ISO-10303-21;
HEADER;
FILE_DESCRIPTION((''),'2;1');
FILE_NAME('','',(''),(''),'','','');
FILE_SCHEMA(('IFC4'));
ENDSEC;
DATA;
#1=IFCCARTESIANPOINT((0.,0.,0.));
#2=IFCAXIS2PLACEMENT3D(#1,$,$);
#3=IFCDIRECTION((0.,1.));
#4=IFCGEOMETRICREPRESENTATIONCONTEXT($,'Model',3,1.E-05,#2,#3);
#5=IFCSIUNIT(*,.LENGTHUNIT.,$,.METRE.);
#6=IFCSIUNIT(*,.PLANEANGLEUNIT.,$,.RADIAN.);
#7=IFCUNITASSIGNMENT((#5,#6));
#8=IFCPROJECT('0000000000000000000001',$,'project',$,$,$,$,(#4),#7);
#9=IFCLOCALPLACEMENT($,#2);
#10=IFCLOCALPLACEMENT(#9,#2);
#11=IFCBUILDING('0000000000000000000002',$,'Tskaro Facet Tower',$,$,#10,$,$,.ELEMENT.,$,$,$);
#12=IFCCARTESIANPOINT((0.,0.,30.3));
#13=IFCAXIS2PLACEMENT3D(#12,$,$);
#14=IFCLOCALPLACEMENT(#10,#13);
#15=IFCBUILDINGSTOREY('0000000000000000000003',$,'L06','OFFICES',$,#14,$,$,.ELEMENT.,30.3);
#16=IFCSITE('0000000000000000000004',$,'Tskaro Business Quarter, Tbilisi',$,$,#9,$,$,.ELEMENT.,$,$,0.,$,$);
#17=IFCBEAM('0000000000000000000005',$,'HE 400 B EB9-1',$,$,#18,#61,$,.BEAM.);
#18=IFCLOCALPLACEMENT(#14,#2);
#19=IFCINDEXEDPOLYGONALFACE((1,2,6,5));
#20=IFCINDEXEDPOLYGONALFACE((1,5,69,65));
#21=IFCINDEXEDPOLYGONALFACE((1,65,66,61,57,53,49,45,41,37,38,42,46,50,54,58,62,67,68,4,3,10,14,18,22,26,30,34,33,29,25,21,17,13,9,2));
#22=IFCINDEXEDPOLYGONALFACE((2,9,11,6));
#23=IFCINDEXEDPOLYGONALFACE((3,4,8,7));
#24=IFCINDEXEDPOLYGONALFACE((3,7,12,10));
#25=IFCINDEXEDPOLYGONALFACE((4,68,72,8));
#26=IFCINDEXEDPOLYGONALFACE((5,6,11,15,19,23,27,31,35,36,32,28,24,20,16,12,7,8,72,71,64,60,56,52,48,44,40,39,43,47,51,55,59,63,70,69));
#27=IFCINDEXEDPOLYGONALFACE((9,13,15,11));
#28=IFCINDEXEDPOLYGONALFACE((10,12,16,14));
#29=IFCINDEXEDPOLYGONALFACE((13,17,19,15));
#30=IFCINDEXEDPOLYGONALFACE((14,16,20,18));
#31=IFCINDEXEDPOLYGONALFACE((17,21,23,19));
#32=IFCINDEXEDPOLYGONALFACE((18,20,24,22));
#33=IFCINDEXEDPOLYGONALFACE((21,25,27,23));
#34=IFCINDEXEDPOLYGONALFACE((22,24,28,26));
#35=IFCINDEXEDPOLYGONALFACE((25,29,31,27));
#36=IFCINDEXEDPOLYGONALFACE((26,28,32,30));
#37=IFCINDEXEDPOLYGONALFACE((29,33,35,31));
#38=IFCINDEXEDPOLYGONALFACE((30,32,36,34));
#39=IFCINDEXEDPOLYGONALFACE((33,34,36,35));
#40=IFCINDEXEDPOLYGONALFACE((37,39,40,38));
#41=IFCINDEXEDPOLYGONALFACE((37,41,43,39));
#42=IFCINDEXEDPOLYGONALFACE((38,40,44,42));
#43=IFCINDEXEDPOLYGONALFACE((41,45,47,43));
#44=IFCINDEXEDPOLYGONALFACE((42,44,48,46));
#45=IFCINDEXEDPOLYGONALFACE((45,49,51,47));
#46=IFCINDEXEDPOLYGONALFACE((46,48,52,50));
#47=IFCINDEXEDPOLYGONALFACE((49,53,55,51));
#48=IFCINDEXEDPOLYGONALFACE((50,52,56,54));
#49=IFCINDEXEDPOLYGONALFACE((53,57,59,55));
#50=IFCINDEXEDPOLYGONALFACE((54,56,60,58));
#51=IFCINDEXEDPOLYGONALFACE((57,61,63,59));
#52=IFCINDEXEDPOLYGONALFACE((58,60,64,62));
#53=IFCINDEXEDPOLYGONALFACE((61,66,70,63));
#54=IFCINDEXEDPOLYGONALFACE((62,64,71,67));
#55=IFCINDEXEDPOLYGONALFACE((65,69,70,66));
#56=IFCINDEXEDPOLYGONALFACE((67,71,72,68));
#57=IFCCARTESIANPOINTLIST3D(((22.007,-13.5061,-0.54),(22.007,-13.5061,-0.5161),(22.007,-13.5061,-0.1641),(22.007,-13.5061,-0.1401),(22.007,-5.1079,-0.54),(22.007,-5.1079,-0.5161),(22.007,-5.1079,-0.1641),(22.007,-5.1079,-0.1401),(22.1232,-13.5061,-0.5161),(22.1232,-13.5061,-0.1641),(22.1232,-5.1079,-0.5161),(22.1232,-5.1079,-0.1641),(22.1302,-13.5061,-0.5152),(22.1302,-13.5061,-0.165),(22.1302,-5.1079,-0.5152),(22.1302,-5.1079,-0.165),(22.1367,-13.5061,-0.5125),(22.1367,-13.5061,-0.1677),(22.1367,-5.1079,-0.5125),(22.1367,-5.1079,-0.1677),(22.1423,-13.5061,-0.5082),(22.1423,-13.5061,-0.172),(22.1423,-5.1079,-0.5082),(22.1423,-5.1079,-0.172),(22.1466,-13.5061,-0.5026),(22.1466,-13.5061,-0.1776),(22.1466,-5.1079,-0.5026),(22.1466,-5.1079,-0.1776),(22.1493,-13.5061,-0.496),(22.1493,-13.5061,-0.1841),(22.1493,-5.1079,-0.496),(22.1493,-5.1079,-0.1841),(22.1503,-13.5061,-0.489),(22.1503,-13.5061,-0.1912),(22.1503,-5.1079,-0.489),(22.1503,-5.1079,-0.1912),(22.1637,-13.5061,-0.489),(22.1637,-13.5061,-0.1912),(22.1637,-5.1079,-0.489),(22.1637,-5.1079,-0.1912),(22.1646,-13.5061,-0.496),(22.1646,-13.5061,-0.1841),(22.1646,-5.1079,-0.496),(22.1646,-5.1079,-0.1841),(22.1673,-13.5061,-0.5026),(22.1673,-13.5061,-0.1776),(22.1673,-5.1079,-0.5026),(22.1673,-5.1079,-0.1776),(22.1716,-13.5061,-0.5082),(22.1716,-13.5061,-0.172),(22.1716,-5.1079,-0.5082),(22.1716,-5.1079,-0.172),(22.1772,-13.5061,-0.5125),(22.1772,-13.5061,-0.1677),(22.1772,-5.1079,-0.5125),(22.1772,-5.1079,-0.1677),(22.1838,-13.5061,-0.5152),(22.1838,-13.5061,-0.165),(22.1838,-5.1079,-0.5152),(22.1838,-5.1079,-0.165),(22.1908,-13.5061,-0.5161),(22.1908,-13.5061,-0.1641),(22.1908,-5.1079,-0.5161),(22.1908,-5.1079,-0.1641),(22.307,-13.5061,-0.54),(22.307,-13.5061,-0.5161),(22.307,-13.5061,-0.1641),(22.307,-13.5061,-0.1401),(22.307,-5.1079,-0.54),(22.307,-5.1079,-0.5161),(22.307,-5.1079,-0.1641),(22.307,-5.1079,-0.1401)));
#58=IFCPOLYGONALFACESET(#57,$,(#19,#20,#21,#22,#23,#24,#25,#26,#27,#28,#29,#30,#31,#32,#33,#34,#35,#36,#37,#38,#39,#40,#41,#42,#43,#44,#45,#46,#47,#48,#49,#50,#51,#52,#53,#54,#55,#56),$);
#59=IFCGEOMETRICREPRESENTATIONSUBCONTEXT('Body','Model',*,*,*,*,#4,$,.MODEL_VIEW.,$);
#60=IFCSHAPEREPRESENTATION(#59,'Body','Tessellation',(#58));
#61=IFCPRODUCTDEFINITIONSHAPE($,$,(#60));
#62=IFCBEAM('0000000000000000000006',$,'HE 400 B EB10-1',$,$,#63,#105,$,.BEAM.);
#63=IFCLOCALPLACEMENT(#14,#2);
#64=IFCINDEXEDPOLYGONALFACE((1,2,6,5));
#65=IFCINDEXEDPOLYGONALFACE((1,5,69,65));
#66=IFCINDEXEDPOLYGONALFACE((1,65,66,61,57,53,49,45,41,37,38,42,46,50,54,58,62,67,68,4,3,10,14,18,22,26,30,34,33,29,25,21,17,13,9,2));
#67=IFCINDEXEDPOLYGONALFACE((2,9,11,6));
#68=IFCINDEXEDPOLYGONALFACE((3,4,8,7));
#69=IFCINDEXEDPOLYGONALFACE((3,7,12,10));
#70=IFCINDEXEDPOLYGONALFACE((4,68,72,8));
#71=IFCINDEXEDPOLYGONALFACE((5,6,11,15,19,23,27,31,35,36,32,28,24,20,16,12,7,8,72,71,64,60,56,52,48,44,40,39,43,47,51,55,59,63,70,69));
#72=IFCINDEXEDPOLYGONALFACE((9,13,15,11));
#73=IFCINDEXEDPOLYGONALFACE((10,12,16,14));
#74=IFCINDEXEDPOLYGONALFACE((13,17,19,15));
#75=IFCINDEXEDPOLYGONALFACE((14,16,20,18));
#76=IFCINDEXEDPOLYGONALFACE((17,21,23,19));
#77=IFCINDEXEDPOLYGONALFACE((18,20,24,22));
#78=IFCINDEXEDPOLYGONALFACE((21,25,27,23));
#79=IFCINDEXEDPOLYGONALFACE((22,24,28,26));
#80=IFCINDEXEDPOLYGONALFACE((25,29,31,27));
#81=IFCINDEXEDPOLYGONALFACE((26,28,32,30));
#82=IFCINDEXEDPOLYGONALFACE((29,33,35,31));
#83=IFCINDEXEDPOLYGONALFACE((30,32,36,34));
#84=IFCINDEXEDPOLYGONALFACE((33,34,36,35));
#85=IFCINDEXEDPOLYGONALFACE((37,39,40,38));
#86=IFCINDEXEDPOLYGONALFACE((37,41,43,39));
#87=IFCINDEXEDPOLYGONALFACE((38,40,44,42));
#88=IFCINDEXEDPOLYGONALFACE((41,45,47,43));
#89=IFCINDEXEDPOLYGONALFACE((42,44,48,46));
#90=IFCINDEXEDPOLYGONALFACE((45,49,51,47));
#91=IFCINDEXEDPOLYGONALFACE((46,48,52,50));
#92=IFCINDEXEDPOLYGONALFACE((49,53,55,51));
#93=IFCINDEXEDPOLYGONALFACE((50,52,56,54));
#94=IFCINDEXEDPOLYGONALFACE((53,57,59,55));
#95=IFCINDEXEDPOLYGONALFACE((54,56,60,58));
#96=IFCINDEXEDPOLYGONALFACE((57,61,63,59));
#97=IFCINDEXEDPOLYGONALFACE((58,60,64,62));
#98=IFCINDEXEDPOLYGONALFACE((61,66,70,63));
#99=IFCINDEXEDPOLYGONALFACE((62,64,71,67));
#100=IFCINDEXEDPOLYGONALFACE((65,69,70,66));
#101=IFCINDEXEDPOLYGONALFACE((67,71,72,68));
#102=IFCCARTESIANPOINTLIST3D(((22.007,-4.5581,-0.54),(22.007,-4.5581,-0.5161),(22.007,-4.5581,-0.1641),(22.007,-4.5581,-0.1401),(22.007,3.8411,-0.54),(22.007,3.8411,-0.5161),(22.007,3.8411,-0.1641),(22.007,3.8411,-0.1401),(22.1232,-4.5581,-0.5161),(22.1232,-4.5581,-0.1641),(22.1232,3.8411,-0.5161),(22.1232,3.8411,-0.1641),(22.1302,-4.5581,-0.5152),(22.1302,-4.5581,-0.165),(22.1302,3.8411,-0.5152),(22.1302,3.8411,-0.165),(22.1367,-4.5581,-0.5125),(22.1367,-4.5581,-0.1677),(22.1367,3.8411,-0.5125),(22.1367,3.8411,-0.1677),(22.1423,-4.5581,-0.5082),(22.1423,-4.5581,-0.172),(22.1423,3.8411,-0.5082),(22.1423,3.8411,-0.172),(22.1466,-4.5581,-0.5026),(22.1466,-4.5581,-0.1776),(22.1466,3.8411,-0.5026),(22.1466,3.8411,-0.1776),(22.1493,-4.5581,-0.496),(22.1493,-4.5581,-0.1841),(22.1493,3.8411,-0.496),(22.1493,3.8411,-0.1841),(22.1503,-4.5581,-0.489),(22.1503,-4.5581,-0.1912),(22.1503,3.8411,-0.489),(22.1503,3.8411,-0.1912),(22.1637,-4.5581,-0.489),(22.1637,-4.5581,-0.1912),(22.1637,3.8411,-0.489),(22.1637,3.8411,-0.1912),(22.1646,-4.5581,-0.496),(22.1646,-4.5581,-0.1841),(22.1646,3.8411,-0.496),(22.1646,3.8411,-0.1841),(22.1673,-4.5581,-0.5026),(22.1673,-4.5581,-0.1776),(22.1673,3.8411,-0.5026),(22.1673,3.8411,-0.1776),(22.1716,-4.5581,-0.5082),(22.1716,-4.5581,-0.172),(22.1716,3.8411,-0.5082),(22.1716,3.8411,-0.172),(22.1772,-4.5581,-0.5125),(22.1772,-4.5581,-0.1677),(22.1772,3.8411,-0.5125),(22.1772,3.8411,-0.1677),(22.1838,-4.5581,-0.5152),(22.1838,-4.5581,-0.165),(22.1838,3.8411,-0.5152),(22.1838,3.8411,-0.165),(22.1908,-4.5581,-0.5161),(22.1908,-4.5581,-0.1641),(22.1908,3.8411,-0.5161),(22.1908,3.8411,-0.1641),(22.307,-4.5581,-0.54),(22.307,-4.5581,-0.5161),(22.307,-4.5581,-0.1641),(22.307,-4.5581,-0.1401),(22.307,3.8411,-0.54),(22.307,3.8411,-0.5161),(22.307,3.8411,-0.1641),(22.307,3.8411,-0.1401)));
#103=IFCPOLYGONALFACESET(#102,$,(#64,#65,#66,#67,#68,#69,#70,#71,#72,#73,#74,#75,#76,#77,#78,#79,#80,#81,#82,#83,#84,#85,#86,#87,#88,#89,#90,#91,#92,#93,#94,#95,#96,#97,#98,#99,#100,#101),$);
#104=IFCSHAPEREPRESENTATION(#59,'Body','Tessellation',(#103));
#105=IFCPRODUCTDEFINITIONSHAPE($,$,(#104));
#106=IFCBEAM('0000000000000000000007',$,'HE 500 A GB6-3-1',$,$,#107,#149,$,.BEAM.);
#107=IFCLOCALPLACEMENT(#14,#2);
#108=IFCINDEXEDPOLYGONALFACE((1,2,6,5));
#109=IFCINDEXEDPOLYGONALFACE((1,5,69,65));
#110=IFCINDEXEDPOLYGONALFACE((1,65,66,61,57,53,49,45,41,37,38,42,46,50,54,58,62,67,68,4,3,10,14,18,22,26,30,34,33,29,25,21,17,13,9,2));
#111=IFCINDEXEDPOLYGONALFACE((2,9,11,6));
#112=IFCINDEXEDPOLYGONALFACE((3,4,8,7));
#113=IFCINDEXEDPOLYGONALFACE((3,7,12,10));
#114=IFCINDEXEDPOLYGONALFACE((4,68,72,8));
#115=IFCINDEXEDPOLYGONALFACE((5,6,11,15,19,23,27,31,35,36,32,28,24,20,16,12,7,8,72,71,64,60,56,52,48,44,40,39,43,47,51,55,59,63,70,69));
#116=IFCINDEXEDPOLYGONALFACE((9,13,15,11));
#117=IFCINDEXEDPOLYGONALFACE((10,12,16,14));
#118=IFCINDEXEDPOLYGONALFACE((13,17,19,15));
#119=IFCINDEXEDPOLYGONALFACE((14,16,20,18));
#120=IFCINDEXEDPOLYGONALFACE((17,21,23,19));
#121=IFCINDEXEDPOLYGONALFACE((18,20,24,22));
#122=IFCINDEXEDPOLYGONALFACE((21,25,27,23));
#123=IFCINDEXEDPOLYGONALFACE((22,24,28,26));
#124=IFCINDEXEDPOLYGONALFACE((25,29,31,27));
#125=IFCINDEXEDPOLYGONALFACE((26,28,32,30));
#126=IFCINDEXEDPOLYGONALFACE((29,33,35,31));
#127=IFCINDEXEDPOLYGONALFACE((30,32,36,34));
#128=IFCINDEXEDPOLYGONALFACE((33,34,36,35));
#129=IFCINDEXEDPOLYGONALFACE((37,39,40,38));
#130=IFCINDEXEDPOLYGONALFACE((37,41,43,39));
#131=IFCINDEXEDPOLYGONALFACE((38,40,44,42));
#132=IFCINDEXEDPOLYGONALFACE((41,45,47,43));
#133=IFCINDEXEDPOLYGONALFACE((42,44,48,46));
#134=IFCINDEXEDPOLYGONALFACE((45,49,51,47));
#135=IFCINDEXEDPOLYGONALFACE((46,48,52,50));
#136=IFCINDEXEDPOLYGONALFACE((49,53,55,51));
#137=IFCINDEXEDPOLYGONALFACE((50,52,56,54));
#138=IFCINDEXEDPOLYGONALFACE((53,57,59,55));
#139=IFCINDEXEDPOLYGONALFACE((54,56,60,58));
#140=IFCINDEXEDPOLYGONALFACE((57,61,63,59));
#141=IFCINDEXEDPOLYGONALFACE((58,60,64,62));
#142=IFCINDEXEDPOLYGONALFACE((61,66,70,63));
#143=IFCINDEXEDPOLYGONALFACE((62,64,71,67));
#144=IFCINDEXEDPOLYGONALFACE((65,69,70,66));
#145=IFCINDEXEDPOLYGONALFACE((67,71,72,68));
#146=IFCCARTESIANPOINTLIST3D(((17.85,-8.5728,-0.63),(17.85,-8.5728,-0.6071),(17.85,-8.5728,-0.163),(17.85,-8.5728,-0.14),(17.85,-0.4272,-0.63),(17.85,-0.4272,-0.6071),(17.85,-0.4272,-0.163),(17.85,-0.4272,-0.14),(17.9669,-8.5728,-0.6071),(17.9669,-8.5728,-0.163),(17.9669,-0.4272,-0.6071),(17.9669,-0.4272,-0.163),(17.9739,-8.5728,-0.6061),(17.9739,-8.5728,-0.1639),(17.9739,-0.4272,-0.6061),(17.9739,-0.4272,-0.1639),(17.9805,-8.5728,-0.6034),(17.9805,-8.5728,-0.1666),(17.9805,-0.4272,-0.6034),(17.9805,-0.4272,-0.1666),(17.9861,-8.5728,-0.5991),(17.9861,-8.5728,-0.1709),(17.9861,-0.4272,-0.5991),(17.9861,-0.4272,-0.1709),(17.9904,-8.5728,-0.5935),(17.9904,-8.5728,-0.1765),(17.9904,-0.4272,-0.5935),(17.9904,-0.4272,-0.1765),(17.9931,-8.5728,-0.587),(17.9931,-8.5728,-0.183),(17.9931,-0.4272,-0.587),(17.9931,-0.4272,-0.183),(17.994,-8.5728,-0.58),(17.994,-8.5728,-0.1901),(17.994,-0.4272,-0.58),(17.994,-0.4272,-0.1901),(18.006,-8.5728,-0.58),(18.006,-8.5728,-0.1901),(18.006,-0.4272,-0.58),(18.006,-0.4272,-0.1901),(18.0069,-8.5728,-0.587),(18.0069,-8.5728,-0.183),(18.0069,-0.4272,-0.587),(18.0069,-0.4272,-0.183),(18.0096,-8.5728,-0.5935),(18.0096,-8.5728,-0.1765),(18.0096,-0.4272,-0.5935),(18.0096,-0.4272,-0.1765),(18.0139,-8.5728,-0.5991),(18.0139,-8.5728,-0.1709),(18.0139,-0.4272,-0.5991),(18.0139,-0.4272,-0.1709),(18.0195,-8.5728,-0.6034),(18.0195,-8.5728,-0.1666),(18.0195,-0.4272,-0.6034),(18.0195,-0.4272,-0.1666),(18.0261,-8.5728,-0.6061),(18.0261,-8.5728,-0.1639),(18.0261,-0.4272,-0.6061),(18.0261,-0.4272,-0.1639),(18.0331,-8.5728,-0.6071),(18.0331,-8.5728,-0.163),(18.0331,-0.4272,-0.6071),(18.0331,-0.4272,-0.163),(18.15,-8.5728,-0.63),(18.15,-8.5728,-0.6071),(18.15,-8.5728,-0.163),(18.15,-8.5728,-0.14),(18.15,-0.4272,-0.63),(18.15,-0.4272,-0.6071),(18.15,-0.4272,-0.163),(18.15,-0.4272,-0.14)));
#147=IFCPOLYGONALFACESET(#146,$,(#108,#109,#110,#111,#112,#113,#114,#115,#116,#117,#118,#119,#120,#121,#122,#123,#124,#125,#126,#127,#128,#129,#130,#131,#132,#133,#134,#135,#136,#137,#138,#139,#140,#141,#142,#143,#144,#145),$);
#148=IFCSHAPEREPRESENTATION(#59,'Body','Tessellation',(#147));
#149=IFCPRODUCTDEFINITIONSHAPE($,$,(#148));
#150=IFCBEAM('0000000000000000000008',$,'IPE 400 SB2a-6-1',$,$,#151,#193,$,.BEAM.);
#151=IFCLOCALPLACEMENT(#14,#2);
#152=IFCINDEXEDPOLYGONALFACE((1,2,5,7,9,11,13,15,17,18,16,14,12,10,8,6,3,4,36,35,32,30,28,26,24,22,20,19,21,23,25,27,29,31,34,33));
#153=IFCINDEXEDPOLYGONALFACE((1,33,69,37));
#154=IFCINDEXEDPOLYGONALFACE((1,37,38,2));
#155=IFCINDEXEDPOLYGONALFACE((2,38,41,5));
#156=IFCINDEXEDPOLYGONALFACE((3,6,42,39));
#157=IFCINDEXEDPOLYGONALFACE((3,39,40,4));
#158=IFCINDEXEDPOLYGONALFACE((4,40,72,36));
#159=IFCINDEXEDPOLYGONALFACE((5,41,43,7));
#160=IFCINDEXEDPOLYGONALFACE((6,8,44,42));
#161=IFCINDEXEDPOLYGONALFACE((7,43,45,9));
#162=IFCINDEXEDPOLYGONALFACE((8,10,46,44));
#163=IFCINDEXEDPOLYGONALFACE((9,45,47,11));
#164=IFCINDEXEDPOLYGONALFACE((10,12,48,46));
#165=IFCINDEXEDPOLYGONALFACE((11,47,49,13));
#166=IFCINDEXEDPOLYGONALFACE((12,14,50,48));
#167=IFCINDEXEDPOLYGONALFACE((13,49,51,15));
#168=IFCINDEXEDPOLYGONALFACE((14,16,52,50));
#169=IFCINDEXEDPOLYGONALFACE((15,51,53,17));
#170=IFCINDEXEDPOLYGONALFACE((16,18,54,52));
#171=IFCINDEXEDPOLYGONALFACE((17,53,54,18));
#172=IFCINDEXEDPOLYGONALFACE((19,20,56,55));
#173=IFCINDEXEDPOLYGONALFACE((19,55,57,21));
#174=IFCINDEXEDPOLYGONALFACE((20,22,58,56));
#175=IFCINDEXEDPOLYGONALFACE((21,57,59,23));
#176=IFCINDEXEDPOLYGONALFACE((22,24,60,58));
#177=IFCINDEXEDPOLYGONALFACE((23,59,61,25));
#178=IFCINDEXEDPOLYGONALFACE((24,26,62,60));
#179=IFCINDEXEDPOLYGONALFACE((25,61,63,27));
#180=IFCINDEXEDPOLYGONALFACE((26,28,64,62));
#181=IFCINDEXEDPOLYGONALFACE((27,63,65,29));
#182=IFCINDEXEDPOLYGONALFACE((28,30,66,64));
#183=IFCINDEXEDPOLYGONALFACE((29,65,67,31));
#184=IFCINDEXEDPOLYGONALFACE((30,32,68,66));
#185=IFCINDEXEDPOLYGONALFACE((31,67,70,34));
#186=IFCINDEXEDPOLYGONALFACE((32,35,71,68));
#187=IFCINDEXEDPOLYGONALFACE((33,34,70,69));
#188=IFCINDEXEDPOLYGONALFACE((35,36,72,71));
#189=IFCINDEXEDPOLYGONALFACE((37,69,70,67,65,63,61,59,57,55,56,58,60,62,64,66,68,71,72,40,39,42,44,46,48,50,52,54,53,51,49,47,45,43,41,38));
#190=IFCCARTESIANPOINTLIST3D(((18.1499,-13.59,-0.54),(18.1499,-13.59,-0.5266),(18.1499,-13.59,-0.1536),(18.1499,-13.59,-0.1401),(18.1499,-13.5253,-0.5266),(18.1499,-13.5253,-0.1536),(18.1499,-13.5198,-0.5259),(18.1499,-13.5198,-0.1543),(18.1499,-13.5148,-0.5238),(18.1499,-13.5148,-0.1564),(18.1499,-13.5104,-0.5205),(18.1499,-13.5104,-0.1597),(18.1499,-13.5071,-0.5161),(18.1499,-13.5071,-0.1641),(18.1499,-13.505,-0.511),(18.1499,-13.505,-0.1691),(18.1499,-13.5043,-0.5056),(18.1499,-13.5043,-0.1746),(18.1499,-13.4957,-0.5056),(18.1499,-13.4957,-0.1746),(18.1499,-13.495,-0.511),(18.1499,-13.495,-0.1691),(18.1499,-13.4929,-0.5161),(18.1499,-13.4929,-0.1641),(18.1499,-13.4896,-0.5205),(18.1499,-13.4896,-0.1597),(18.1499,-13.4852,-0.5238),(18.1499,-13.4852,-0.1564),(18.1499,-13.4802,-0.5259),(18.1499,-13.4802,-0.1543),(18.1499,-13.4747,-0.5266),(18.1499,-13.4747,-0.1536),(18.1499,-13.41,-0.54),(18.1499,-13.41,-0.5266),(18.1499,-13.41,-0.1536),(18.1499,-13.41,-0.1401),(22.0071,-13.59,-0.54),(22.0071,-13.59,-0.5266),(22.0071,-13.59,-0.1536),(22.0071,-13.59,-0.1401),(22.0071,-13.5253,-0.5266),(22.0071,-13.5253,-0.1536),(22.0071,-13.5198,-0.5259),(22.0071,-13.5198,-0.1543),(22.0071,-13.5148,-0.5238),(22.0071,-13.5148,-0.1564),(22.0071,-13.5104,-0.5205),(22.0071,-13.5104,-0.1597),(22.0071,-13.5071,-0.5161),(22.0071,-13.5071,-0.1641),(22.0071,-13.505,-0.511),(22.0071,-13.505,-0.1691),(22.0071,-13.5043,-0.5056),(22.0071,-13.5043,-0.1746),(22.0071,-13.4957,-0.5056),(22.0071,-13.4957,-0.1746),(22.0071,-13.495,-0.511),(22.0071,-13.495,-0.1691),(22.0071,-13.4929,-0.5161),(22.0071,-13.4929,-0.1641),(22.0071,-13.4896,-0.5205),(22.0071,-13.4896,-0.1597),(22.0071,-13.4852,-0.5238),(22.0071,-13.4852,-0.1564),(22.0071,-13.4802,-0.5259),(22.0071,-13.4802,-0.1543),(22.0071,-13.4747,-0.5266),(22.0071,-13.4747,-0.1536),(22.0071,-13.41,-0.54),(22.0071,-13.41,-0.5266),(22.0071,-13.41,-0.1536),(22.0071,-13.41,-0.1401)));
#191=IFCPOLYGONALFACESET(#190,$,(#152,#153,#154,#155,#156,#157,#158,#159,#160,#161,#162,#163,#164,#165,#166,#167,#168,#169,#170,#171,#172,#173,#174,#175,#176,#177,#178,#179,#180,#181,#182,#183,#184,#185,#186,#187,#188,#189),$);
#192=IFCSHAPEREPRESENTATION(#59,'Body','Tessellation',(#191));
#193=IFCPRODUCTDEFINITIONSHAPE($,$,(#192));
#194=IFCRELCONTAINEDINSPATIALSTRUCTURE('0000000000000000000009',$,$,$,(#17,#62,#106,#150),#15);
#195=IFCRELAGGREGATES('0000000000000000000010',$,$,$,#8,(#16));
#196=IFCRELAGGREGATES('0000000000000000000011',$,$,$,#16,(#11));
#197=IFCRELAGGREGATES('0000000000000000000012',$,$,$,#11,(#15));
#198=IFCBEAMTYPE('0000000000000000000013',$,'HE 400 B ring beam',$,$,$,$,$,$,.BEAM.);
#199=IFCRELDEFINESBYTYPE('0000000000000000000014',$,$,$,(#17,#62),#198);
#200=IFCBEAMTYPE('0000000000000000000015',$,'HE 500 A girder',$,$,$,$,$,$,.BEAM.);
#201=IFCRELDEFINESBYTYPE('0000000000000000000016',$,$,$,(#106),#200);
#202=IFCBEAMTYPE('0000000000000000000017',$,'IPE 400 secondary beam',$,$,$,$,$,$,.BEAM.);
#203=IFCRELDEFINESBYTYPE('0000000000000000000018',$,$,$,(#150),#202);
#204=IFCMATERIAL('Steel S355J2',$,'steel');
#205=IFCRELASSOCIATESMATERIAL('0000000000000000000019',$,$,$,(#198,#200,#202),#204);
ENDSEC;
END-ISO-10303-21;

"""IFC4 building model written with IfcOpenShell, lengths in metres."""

from ifc_helpers import new_model, si_unit, direction, frame, origin, origin_2d, place, context, subcontext, project, spatial, i_section, extrude, material, material_profile, profile_set, type_object, element, save


model = new_model("IFC4")

# Units and contexts
model_context = context("Model", 3, precision=1e-05, world=origin(), true_north=direction((0.0, 1.0)))
body_context = subcontext(model_context, "Body", "Model", "MODEL_VIEW")
ifc_project = project(units=[si_unit("LENGTHUNIT", "METRE"), si_unit("PLANEANGLEUNIT", "RADIAN")], contexts=[model_context])

# Site, building, storey
site_placement = place(None, origin())
site = spatial("IfcSite", under=ifc_project, at=site_placement, Name="Tskaro Business Quarter, Tbilisi", CompositionType="ELEMENT", RefElevation=0.0)
building_placement = place(site_placement, origin())
building = spatial("IfcBuilding", under=site, at=building_placement, Name="Tskaro Facet Tower", CompositionType="ELEMENT")
storey_placement = place(building_placement, frame((0.0, 0.0, 30.3)))
storey = spatial("IfcBuildingStorey", under=building, at=storey_placement, Name="L06", Description="OFFICES", CompositionType="ELEMENT", Elevation=30.3)

# Beams
ifc_material_1 = material(Name="Steel S355J2", Category="steel")
ifc_material_profile_1 = material_profile(ifc_material_1, i_section(OverallWidth=0.3, OverallDepth=0.3999, WebThickness=0.0134, FlangeThickness=0.0239, FilletRadius=0.0271, at=origin_2d()), Name="HE 400 B")
ifc_profile_set_1 = profile_set([ifc_material_profile_1], Name="Steel S355J2")
beam_type_1 = type_object("IfcBeamType", Name="HE 400 B ring beam", PredefinedType="BEAM", material=ifc_profile_set_1)
beam_1_placement = place(storey_placement, frame((22.157, -13.5061, -0.3401), z_axis=(0.0, 1.0, 0.0), x_axis=(-1.0, 0.0, 0.0)))
element("IfcBeam", 1, at=beam_1_placement, inside=storey, type_object=beam_type_1, Name="HE 400 B EB9-1", PredefinedType="BEAM", context=body_context, shape_type="SweptSolid", body=[
    extrude(i_section(OverallWidth=0.3, OverallDepth=0.3999, WebThickness=0.0134, FlangeThickness=0.0239, FilletRadius=0.0271, at=origin_2d()), origin(), (0.0, 0.0, 1.0), 8.3982),
])
beam_2_placement = place(storey_placement, frame((22.157, -4.5581, -0.3401), z_axis=(0.0, 1.0, 0.0), x_axis=(-1.0, 0.0, 0.0)))
element("IfcBeam", 2, at=beam_2_placement, inside=storey, type_object=beam_type_1, Name="HE 400 B EB10-1", PredefinedType="BEAM", context=body_context, shape_type="SweptSolid", body=[
    extrude(i_section(OverallWidth=0.3, OverallDepth=0.3999, WebThickness=0.0134, FlangeThickness=0.0239, FilletRadius=0.0271, at=origin_2d()), origin(), (0.0, 0.0, 1.0), 8.3992),
])
ifc_material_profile_2 = material_profile(ifc_material_1, i_section(OverallWidth=0.3, OverallDepth=0.49, WebThickness=0.012, FlangeThickness=0.0229, FilletRadius=0.0271, at=origin_2d()), Name="HE 500 A")
ifc_profile_set_2 = profile_set([ifc_material_profile_2], Name="Steel S355J2")
beam_type_2 = type_object("IfcBeamType", Name="HE 500 A girder", PredefinedType="BEAM", material=ifc_profile_set_2)
beam_3_placement = place(storey_placement, frame((18.0, -8.5728, -0.385), z_axis=(0.0, 1.0, 0.0), x_axis=(-1.0, 0.0, 0.0)))
element("IfcBeam", 3, at=beam_3_placement, inside=storey, type_object=beam_type_2, Name="HE 500 A GB6-3-1", PredefinedType="BEAM", context=body_context, shape_type="SweptSolid", body=[
    extrude(i_section(OverallWidth=0.3, OverallDepth=0.49, WebThickness=0.012, FlangeThickness=0.0229, FilletRadius=0.0271, at=origin_2d()), origin(), (0.0, 0.0, 1.0), 8.1455),
])
ifc_material_profile_3 = material_profile(ifc_material_1, i_section(OverallWidth=0.1799, OverallDepth=0.3999, WebThickness=0.0085, FlangeThickness=0.0134, FilletRadius=0.021, at=origin_2d()), Name="IPE 400")
ifc_profile_set_3 = profile_set([ifc_material_profile_3], Name="Steel S355J2")
beam_type_3 = type_object("IfcBeamType", Name="IPE 400 secondary beam", PredefinedType="BEAM", material=ifc_profile_set_3)
for number, where, z_axis, x_axis, name in (
    (4, (18.1499, -13.5, -0.3401), (1.0, 0.0, 0.0), (0.0, 1.0, 0.0), "IPE 400 SB2a-6-1"),
):
    element("IfcBeam", number, at=place(storey_placement, frame(where, z_axis=z_axis, x_axis=x_axis)), inside=storey, type_object=beam_type_3, Name=name, PredefinedType="BEAM", context=body_context, shape_type="SweptSolid", body=[
        extrude(i_section(OverallWidth=0.1799, OverallDepth=0.3999, WebThickness=0.0085, FlangeThickness=0.0134, FilletRadius=0.021, at=origin_2d()), origin(), (0.0, 0.0, 1.0), 3.8572),
    ])

save(model, "model.ifc")
